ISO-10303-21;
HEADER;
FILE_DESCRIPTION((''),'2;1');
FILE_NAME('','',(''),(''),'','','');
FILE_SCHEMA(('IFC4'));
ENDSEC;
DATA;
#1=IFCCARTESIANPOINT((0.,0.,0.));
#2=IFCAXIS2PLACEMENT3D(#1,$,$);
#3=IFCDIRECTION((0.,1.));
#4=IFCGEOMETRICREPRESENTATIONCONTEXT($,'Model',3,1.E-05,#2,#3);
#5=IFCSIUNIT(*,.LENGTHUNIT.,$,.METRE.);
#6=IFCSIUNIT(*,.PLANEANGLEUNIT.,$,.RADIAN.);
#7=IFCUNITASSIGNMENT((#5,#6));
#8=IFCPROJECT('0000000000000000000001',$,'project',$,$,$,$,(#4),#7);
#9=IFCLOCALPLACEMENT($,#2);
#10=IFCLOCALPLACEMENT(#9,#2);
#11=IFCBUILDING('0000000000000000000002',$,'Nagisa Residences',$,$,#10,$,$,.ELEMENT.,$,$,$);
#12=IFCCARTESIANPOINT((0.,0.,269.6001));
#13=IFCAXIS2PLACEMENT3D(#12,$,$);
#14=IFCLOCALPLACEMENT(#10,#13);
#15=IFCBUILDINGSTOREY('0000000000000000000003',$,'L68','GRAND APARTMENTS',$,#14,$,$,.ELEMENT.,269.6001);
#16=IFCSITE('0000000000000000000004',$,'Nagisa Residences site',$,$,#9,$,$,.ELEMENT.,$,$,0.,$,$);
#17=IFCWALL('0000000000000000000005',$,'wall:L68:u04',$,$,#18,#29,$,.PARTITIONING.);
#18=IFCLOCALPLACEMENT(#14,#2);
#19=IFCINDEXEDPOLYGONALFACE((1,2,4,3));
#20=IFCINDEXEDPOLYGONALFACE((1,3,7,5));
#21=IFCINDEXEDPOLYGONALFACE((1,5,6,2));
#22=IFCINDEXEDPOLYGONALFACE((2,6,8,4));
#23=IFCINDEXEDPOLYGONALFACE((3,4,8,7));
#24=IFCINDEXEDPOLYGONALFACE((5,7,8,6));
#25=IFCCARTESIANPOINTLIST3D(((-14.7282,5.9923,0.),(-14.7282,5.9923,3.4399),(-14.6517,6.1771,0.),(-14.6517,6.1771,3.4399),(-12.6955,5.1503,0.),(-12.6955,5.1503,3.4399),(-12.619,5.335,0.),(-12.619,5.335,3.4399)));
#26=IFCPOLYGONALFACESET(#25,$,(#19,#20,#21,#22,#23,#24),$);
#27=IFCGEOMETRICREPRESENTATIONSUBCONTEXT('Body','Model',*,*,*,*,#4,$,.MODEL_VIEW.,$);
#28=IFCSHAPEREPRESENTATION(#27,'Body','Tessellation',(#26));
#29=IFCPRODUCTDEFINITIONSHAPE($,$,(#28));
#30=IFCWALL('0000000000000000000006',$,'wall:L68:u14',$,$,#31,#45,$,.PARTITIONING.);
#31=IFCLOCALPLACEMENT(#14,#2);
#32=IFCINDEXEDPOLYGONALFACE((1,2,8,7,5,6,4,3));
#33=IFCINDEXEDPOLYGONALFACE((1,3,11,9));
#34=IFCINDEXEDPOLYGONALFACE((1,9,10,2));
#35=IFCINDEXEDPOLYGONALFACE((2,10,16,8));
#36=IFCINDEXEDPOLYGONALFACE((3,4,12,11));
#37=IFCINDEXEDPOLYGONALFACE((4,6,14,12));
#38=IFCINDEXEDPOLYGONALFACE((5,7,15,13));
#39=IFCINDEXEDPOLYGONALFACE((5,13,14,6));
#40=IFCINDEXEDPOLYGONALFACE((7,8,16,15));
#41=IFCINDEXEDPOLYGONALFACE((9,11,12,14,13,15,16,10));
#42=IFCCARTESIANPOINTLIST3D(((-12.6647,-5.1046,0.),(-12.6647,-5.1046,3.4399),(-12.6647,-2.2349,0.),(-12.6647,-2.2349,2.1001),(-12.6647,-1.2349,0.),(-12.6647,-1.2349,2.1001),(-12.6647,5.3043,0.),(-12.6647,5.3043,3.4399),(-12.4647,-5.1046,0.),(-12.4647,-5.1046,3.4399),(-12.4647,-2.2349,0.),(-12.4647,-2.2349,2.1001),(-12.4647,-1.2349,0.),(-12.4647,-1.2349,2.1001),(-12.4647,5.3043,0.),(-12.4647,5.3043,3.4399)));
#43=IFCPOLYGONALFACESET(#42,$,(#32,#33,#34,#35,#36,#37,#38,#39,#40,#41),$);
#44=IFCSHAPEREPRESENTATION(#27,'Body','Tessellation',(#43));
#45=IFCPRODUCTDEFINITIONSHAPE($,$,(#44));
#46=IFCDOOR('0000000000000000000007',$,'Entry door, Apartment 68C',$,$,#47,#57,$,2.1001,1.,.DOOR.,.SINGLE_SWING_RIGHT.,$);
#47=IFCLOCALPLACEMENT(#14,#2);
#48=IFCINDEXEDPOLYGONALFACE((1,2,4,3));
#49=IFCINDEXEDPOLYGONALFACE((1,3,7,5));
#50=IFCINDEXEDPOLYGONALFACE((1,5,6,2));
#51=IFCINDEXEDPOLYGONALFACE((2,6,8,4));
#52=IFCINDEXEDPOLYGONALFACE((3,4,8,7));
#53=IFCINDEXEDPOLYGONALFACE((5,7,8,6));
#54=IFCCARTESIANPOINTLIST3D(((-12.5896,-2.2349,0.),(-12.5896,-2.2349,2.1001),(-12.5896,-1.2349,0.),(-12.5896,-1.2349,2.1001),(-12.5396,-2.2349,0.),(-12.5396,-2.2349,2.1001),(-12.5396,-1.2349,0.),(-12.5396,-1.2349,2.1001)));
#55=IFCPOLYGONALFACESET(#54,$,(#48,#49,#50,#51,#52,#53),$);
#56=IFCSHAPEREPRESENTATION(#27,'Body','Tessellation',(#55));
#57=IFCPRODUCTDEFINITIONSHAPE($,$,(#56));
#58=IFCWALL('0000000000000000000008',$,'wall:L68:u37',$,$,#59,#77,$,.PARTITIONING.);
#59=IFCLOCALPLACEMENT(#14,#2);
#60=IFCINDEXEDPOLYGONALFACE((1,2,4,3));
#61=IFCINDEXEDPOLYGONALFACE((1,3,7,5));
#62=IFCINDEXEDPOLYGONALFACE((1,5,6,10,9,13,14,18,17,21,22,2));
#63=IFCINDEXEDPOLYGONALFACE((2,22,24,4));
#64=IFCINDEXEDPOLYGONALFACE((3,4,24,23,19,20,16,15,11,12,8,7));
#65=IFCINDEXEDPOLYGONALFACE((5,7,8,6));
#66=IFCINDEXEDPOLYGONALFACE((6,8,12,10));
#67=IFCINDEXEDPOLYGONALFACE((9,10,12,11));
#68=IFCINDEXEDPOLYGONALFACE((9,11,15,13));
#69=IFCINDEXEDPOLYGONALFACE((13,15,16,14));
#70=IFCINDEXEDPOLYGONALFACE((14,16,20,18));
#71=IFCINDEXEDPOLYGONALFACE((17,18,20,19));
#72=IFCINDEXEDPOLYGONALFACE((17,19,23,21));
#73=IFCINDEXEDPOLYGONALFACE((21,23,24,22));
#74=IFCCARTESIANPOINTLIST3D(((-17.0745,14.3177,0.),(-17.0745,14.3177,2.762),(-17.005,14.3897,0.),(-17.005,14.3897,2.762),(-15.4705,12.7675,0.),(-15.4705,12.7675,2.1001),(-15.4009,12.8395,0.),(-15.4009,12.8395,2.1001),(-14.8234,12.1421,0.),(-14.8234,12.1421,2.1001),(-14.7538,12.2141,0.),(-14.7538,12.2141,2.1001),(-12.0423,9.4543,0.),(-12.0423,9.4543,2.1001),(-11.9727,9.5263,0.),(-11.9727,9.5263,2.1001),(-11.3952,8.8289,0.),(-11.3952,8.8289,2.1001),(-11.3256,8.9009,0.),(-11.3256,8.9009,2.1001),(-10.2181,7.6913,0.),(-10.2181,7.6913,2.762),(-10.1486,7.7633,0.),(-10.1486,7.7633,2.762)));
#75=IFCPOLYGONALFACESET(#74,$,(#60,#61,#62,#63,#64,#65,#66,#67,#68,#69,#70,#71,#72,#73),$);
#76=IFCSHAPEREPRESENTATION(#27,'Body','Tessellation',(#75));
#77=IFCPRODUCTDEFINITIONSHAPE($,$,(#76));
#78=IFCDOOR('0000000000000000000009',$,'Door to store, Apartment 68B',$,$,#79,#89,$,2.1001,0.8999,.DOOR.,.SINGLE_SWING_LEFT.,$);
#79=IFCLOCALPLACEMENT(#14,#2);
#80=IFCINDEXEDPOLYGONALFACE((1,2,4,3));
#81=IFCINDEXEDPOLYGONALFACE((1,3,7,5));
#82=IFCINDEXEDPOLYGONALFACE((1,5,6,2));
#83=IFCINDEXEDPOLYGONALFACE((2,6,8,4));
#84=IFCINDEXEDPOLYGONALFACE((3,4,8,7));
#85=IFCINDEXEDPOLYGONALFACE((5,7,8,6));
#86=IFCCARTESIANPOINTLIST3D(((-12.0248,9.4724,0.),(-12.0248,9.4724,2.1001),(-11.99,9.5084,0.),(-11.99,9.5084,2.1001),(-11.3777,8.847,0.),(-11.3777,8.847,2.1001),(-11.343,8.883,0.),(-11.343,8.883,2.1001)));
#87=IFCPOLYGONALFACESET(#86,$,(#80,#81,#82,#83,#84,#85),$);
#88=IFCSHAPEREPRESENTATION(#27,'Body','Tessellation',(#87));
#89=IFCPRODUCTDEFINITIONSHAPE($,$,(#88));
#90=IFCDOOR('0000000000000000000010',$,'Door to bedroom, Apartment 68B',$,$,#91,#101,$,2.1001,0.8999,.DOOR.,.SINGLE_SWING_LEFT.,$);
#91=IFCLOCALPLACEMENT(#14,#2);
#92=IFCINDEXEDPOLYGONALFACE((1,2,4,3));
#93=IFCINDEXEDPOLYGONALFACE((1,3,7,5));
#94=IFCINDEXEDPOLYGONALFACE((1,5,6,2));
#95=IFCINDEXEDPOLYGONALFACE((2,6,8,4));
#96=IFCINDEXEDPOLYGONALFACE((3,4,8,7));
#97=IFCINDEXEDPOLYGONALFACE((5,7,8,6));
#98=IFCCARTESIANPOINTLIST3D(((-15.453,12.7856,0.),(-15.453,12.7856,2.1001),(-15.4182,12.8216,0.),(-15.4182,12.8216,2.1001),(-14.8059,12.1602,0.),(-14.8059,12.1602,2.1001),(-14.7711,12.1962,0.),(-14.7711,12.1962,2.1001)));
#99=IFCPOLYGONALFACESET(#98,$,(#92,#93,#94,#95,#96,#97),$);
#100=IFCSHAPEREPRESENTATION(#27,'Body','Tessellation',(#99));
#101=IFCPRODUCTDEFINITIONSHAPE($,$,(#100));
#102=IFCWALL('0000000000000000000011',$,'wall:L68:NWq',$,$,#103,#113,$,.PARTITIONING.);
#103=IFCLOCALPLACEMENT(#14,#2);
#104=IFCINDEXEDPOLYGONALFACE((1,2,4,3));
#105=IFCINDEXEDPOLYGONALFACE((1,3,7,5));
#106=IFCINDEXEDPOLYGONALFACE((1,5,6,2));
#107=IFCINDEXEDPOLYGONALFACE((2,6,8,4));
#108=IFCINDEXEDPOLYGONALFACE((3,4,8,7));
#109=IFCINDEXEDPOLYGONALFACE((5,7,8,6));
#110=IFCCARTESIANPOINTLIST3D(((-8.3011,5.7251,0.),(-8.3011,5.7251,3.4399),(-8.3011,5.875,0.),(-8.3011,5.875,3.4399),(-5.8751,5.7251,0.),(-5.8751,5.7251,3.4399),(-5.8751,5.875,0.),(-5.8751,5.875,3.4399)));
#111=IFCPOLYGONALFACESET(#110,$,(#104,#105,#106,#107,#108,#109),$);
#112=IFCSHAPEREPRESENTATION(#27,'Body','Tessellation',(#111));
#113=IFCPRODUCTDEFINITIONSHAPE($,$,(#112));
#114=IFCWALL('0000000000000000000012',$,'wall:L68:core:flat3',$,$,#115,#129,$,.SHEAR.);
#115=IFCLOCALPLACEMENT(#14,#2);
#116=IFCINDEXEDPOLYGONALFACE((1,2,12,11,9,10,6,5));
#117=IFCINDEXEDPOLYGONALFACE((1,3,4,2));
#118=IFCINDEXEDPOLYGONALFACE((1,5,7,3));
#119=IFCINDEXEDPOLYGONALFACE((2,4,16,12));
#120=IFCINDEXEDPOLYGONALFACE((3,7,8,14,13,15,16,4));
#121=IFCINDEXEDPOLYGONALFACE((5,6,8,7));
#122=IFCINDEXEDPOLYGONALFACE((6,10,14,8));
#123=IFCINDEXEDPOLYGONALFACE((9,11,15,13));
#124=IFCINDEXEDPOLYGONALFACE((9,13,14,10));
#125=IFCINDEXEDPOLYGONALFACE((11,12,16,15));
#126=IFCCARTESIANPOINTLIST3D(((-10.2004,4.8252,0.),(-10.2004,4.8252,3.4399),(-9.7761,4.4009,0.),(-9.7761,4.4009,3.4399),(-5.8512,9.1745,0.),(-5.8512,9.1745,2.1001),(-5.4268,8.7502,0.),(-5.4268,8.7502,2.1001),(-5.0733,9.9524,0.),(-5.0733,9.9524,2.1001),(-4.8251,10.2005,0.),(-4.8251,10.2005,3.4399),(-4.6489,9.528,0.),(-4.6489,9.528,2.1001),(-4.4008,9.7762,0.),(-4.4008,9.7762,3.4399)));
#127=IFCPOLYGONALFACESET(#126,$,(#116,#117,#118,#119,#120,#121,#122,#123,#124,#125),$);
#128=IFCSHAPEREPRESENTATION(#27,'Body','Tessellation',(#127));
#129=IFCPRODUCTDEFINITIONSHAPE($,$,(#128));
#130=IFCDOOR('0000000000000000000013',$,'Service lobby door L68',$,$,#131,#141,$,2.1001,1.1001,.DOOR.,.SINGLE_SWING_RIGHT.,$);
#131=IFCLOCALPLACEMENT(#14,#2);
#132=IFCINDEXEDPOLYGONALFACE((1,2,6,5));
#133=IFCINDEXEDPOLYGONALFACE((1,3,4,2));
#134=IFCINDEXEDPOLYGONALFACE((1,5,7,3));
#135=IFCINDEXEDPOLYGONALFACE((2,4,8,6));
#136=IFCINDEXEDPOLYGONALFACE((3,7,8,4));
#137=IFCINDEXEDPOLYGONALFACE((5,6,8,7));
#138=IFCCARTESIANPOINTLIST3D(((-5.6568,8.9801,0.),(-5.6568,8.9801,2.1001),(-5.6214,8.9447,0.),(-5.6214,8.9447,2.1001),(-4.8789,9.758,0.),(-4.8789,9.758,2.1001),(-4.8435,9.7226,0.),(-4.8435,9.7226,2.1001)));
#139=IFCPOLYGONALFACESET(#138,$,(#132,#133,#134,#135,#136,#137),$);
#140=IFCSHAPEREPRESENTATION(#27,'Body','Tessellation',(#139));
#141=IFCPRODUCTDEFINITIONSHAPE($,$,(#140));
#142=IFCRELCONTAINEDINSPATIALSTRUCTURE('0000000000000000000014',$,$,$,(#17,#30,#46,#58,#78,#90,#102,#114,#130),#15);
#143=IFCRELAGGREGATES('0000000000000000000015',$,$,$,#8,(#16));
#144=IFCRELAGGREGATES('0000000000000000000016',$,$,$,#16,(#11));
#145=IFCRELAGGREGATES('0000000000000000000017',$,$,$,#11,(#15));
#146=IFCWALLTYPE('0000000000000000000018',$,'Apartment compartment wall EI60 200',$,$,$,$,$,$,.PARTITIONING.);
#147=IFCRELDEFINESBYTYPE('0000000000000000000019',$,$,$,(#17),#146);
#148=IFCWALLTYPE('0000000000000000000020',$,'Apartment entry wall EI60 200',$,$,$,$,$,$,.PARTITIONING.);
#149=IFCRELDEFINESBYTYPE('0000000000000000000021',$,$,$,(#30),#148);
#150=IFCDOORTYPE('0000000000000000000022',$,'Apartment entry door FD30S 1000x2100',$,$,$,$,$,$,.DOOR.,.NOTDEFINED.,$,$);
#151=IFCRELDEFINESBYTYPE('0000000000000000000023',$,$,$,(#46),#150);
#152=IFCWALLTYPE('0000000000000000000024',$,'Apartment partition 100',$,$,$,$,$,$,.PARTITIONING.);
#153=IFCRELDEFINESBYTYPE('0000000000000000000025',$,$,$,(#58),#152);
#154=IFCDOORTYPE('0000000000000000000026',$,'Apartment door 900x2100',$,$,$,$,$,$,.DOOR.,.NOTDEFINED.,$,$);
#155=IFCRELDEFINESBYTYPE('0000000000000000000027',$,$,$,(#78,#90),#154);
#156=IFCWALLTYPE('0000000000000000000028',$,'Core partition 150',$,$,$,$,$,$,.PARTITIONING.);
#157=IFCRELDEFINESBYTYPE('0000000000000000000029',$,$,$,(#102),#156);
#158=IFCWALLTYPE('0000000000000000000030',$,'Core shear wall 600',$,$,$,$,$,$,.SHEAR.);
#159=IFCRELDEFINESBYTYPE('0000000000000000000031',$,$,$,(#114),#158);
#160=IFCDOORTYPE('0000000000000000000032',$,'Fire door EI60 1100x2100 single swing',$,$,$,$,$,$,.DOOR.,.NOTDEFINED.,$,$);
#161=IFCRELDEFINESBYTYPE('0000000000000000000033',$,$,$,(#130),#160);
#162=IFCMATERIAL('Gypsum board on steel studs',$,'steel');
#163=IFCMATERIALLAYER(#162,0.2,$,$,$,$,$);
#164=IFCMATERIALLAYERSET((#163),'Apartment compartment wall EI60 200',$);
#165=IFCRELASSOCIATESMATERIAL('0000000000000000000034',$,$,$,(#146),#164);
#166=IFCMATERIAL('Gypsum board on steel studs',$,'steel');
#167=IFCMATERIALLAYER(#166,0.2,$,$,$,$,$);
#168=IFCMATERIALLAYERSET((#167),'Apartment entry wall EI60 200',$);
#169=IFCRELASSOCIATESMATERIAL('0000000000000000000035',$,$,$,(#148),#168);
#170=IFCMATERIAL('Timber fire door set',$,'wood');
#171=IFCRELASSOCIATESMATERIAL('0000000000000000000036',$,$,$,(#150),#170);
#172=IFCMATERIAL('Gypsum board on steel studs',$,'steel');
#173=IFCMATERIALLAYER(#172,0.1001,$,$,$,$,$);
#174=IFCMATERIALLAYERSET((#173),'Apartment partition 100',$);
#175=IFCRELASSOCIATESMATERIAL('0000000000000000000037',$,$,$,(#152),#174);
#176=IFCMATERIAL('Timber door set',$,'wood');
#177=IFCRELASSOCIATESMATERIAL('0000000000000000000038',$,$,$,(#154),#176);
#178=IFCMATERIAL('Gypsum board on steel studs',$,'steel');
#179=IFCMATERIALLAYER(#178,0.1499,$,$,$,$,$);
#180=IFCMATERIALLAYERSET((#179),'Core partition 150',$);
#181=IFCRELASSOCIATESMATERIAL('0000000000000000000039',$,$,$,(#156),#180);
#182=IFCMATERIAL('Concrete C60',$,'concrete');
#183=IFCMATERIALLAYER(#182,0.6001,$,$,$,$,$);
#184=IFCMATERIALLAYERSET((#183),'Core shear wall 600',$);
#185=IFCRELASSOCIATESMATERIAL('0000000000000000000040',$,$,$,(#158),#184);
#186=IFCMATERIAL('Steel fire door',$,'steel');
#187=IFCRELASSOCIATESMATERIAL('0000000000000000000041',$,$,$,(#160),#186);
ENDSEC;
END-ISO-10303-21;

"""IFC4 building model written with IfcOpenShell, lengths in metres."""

from ifc_helpers import new_model, si_unit, direction, frame, frame_2d, origin, place, context, subcontext, project, spatial, rectangle, extrude, material, layer, layer_set, type_object, element, fill, save


model = new_model("IFC4")

# Units and contexts
model_context = context("Model", 3, precision=1e-05, world=origin(), true_north=direction((0.0, 1.0)))
body_context = subcontext(model_context, "Body", "Model", "MODEL_VIEW")
ifc_project = project(units=[si_unit("LENGTHUNIT", "METRE"), si_unit("PLANEANGLEUNIT", "RADIAN")], contexts=[model_context])

# Site, building, storey
site_placement = place(None, origin())
site = spatial("IfcSite", under=ifc_project, at=site_placement, Name="Nagisa Residences site", CompositionType="ELEMENT", RefElevation=0.0)
building_placement = place(site_placement, origin())
building = spatial("IfcBuilding", under=site, at=building_placement, Name="Nagisa Residences", CompositionType="ELEMENT")
storey_placement = place(building_placement, frame((0.0, 0.0, 269.6001)))
storey = spatial("IfcBuildingStorey", under=building, at=storey_placement, Name="L68", Description="GRAND APARTMENTS", CompositionType="ELEMENT", Elevation=269.6001)

# Wall
ifc_material_1 = material(Name="Gypsum board on steel studs", Category="steel")
ifc_layer_1 = layer(ifc_material_1, 0.2)
ifc_layer_set_1 = layer_set([ifc_layer_1], Name="Apartment compartment wall EI60 200")
wall_type_1 = type_object("IfcWallType", Name="Apartment compartment wall EI60 200", PredefinedType="PARTITIONING", material=ifc_layer_set_1)
wall_1_placement = place(storey_placement, frame((-12.6572, 5.2427, 0.0), z_axis=(0.0, 0.0, 1.0), x_axis=(-0.923869, 0.382708, 0.0)))
element("IfcWall", 1, at=wall_1_placement, inside=storey, type_object=wall_type_1, Name="wall:L68:u04", PredefinedType="PARTITIONING", context=body_context, shape_type="SweptSolid", body=[
    extrude(rectangle(XDim=2.2002, YDim=0.2, at=frame_2d((1.1001, 0.0))), origin(), (0.0, 0.0, 1.0), 3.4399),
])

# Wall, opening, door
ifc_material_2 = material(Name="Gypsum board on steel studs", Category="steel")
ifc_layer_2 = layer(ifc_material_2, 0.2)
ifc_layer_set_2 = layer_set([ifc_layer_2], Name="Apartment entry wall EI60 200")
wall_type_2 = type_object("IfcWallType", Name="Apartment entry wall EI60 200", PredefinedType="PARTITIONING", material=ifc_layer_set_2)
wall_2_placement = place(storey_placement, frame((-12.5647, 5.3044, 0.0), z_axis=(0.0, 0.0, 1.0), x_axis=(0.0, -1.0, 0.0)))
wall_2 = element("IfcWall", 2, at=wall_2_placement, inside=storey, type_object=wall_type_2, Name="wall:L68:u14", PredefinedType="PARTITIONING", context=body_context, shape_type="SweptSolid", body=[
    extrude(rectangle(XDim=10.4089, YDim=0.2, at=frame_2d((5.2046, 0.0))), origin(), (0.0, 0.0, 1.0), 3.4399),
])
opening_1_placement = place(wall_2_placement, frame((6.5393, 0.0, 0.0)))
opening_1 = element("IfcOpeningElement", 3, at=opening_1_placement, cuts=wall_2, PredefinedType="OPENING", context=body_context, shape_type="SweptSolid", body=[
    extrude(rectangle(XDim=1.0, YDim=2.1001, at=frame_2d((0.5, 1.05))), frame((0.0, 0.1099, 0.0), z_axis=(0.0, -1.0, 0.0), x_axis=(1.0, 0.0, 0.0)), (0.0, 0.0, 1.0), 0.22),
])
ifc_material_3 = material(Name="Timber fire door set", Category="wood")
door_type_1 = type_object("IfcDoorType", Name="Apartment entry door FD30S 1000x2100", OperationType="NOTDEFINED", PredefinedType="DOOR", material=ifc_material_3)
door_1_placement = place(opening_1_placement, frame((1.0, 0.0, 0.0), x_axis=(-1.0, 0.0, 0.0)))
door_1 = element("IfcDoor", 4, at=door_1_placement, inside=storey, type_object=door_type_1, Name="Entry door, Apartment 68C", OperationType="SINGLE_SWING_RIGHT", OverallHeight=2.1001, OverallWidth=1.0, PredefinedType="DOOR", context=body_context, shape_type="SweptSolid", body=[
    extrude(rectangle(XDim=1.0, YDim=2.1001, at=frame_2d((0.5, 1.05))), frame((0.0, 0.0249, 0.0), z_axis=(0.0, -1.0, 0.0), x_axis=(1.0, 0.0, 0.0)), (0.0, 0.0, 1.0), 0.05),
])
fill(opening_1, door_1)

# Wall, openings, doors
ifc_material_4 = material(Name="Gypsum board on steel studs", Category="steel")
ifc_layer_3 = layer(ifc_material_4, 0.1001)
ifc_layer_set_3 = layer_set([ifc_layer_3], Name="Apartment partition 100")
wall_type_3 = type_object("IfcWallType", Name="Apartment partition 100", PredefinedType="PARTITIONING", material=ifc_layer_set_3)
wall_3_placement = place(storey_placement, frame((-10.1833, 7.7273, 0.0), z_axis=(0.0, 0.0, 1.0), x_axis=(-0.719063, 0.694944, 0.0)))
wall_3 = element("IfcWall", 5, at=wall_3_placement, inside=storey, type_object=wall_type_3, Name="wall:L68:u37", PredefinedType="PARTITIONING", context=body_context, shape_type="SweptSolid", body=[
    extrude(rectangle(XDim=9.5352, YDim=0.1001, at=frame_2d((4.7676, 0.0))), origin(), (0.0, 0.0, 1.0), 2.762),
])
opening_2_placement = place(wall_3_placement, frame((1.637, 0.0, 0.0)))
opening_2 = element("IfcOpeningElement", 6, at=opening_2_placement, cuts=wall_3, PredefinedType="OPENING", context=body_context, shape_type="SweptSolid", body=[
    extrude(rectangle(XDim=0.8999, YDim=2.1001, at=frame_2d((0.45, 1.05))), frame((0.0, 0.0601, 0.0), z_axis=(0.0, -1.0, 0.0), x_axis=(1.0, 0.0, 0.0)), (0.0, 0.0, 1.0), 0.1201),
])
opening_3_placement = place(wall_3_placement, frame((6.4045, 0.0, 0.0)))
opening_3 = element("IfcOpeningElement", 7, at=opening_3_placement, cuts=wall_3, PredefinedType="OPENING", context=body_context, shape_type="SweptSolid", body=[
    extrude(rectangle(XDim=0.8999, YDim=2.1001, at=frame_2d((0.45, 1.05))), frame((0.0, 0.0601, 0.0), z_axis=(0.0, -1.0, 0.0), x_axis=(1.0, 0.0, 0.0)), (0.0, 0.0, 1.0), 0.1201),
])
ifc_material_5 = material(Name="Timber door set", Category="wood")
door_type_2 = type_object("IfcDoorType", Name="Apartment door 900x2100", OperationType="NOTDEFINED", PredefinedType="DOOR", material=ifc_material_5)
door_2_placement = place(opening_2_placement, origin())
door_2 = element("IfcDoor", 8, at=door_2_placement, inside=storey, type_object=door_type_2, Name="Door to store, Apartment 68B", OperationType="SINGLE_SWING_LEFT", OverallHeight=2.1001, OverallWidth=0.8999, PredefinedType="DOOR", context=body_context, shape_type="SweptSolid", body=[
    extrude(rectangle(XDim=0.8999, YDim=2.1001, at=frame_2d((0.45, 1.05))), frame((0.0, 0.0249, 0.0), z_axis=(0.0, -1.0, 0.0), x_axis=(1.0, 0.0, 0.0)), (0.0, 0.0, 1.0), 0.05),
])
fill(opening_2, door_2)
door_3_placement = place(opening_3_placement, origin())
door_3 = element("IfcDoor", 9, at=door_3_placement, inside=storey, type_object=door_type_2, Name="Door to bedroom, Apartment 68B", OperationType="SINGLE_SWING_LEFT", OverallHeight=2.1001, OverallWidth=0.8999, PredefinedType="DOOR", context=body_context, shape_type="SweptSolid", body=[
    extrude(rectangle(XDim=0.8999, YDim=2.1001, at=frame_2d((0.45, 1.05))), frame((0.0, 0.0249, 0.0), z_axis=(0.0, -1.0, 0.0), x_axis=(1.0, 0.0, 0.0)), (0.0, 0.0, 1.0), 0.05),
])
fill(opening_3, door_3)

# Wall
ifc_material_6 = material(Name="Gypsum board on steel studs", Category="steel")
ifc_layer_4 = layer(ifc_material_6, 0.1499)
ifc_layer_set_4 = layer_set([ifc_layer_4], Name="Core partition 150")
wall_type_4 = type_object("IfcWallType", Name="Core partition 150", PredefinedType="PARTITIONING", material=ifc_layer_set_4)
wall_4_placement = place(storey_placement, frame((-8.301, 5.8, 0.0), z_axis=(0.0, 0.0, 1.0), x_axis=(1.0, 0.0, 0.0)))
element("IfcWall", 10, at=wall_4_placement, inside=storey, type_object=wall_type_4, Name="wall:L68:NWq", PredefinedType="PARTITIONING", context=body_context, shape_type="SweptSolid", body=[
    extrude(rectangle(XDim=2.426, YDim=0.1499, at=frame_2d((1.2129, 0.0))), origin(), (0.0, 0.0, 1.0), 3.4399),
])

# Wall, opening, door
ifc_material_7 = material(Name="Concrete C60", Category="concrete")
ifc_layer_5 = layer(ifc_material_7, 0.6001)
ifc_layer_set_5 = layer_set([ifc_layer_5], Name="Core shear wall 600")
wall_type_5 = type_object("IfcWallType", Name="Core shear wall 600", PredefinedType="SHEAR", material=ifc_layer_set_5)
wall_5_placement = place(storey_placement, frame((-4.613, 9.9883, 0.0), z_axis=(0.0, 0.0, 1.0), x_axis=(-0.707107, -0.707107, 0.0)))
wall_5 = element("IfcWall", 11, at=wall_5_placement, inside=storey, type_object=wall_type_5, Name="wall:L68:core:flat3", PredefinedType="SHEAR", context=body_context, shape_type="SweptSolid", body=[
    extrude(rectangle(XDim=7.6018, YDim=0.6001, at=frame_2d((3.8008, 0.0))), origin(), (0.0, 0.0, 1.0), 3.4399),
])
opening_4_placement = place(wall_5_placement, frame((0.3508, 0.0, 0.0)))
opening_4 = element("IfcOpeningElement", 12, at=opening_4_placement, cuts=wall_5, PredefinedType="OPENING", context=body_context, shape_type="SweptSolid", body=[
    extrude(rectangle(XDim=1.1001, YDim=2.1001, at=frame_2d((0.55, 1.05))), frame((0.0, 0.3101, 0.0), z_axis=(0.0, -1.0, 0.0), x_axis=(1.0, 0.0, 0.0)), (0.0, 0.0, 1.0), 0.6201),
])
ifc_material_8 = material(Name="Steel fire door", Category="steel")
door_type_3 = type_object("IfcDoorType", Name="Fire door EI60 1100x2100 single swing", OperationType="NOTDEFINED", PredefinedType="DOOR", material=ifc_material_8)
door_4_placement = place(opening_4_placement, origin())
door_4 = element("IfcDoor", 13, at=door_4_placement, inside=storey, type_object=door_type_3, Name="Service lobby door L68", OperationType="SINGLE_SWING_RIGHT", OverallHeight=2.1001, OverallWidth=1.1001, PredefinedType="DOOR", context=body_context, shape_type="SweptSolid", body=[
    extrude(rectangle(XDim=1.1001, YDim=2.1001, at=frame_2d((0.55, 1.05))), frame((0.0, 0.0249, 0.0), z_axis=(0.0, -1.0, 0.0), x_axis=(1.0, 0.0, 0.0)), (0.0, 0.0, 1.0), 0.05),
])
fill(opening_4, door_4)

save(model, "model.ifc")
